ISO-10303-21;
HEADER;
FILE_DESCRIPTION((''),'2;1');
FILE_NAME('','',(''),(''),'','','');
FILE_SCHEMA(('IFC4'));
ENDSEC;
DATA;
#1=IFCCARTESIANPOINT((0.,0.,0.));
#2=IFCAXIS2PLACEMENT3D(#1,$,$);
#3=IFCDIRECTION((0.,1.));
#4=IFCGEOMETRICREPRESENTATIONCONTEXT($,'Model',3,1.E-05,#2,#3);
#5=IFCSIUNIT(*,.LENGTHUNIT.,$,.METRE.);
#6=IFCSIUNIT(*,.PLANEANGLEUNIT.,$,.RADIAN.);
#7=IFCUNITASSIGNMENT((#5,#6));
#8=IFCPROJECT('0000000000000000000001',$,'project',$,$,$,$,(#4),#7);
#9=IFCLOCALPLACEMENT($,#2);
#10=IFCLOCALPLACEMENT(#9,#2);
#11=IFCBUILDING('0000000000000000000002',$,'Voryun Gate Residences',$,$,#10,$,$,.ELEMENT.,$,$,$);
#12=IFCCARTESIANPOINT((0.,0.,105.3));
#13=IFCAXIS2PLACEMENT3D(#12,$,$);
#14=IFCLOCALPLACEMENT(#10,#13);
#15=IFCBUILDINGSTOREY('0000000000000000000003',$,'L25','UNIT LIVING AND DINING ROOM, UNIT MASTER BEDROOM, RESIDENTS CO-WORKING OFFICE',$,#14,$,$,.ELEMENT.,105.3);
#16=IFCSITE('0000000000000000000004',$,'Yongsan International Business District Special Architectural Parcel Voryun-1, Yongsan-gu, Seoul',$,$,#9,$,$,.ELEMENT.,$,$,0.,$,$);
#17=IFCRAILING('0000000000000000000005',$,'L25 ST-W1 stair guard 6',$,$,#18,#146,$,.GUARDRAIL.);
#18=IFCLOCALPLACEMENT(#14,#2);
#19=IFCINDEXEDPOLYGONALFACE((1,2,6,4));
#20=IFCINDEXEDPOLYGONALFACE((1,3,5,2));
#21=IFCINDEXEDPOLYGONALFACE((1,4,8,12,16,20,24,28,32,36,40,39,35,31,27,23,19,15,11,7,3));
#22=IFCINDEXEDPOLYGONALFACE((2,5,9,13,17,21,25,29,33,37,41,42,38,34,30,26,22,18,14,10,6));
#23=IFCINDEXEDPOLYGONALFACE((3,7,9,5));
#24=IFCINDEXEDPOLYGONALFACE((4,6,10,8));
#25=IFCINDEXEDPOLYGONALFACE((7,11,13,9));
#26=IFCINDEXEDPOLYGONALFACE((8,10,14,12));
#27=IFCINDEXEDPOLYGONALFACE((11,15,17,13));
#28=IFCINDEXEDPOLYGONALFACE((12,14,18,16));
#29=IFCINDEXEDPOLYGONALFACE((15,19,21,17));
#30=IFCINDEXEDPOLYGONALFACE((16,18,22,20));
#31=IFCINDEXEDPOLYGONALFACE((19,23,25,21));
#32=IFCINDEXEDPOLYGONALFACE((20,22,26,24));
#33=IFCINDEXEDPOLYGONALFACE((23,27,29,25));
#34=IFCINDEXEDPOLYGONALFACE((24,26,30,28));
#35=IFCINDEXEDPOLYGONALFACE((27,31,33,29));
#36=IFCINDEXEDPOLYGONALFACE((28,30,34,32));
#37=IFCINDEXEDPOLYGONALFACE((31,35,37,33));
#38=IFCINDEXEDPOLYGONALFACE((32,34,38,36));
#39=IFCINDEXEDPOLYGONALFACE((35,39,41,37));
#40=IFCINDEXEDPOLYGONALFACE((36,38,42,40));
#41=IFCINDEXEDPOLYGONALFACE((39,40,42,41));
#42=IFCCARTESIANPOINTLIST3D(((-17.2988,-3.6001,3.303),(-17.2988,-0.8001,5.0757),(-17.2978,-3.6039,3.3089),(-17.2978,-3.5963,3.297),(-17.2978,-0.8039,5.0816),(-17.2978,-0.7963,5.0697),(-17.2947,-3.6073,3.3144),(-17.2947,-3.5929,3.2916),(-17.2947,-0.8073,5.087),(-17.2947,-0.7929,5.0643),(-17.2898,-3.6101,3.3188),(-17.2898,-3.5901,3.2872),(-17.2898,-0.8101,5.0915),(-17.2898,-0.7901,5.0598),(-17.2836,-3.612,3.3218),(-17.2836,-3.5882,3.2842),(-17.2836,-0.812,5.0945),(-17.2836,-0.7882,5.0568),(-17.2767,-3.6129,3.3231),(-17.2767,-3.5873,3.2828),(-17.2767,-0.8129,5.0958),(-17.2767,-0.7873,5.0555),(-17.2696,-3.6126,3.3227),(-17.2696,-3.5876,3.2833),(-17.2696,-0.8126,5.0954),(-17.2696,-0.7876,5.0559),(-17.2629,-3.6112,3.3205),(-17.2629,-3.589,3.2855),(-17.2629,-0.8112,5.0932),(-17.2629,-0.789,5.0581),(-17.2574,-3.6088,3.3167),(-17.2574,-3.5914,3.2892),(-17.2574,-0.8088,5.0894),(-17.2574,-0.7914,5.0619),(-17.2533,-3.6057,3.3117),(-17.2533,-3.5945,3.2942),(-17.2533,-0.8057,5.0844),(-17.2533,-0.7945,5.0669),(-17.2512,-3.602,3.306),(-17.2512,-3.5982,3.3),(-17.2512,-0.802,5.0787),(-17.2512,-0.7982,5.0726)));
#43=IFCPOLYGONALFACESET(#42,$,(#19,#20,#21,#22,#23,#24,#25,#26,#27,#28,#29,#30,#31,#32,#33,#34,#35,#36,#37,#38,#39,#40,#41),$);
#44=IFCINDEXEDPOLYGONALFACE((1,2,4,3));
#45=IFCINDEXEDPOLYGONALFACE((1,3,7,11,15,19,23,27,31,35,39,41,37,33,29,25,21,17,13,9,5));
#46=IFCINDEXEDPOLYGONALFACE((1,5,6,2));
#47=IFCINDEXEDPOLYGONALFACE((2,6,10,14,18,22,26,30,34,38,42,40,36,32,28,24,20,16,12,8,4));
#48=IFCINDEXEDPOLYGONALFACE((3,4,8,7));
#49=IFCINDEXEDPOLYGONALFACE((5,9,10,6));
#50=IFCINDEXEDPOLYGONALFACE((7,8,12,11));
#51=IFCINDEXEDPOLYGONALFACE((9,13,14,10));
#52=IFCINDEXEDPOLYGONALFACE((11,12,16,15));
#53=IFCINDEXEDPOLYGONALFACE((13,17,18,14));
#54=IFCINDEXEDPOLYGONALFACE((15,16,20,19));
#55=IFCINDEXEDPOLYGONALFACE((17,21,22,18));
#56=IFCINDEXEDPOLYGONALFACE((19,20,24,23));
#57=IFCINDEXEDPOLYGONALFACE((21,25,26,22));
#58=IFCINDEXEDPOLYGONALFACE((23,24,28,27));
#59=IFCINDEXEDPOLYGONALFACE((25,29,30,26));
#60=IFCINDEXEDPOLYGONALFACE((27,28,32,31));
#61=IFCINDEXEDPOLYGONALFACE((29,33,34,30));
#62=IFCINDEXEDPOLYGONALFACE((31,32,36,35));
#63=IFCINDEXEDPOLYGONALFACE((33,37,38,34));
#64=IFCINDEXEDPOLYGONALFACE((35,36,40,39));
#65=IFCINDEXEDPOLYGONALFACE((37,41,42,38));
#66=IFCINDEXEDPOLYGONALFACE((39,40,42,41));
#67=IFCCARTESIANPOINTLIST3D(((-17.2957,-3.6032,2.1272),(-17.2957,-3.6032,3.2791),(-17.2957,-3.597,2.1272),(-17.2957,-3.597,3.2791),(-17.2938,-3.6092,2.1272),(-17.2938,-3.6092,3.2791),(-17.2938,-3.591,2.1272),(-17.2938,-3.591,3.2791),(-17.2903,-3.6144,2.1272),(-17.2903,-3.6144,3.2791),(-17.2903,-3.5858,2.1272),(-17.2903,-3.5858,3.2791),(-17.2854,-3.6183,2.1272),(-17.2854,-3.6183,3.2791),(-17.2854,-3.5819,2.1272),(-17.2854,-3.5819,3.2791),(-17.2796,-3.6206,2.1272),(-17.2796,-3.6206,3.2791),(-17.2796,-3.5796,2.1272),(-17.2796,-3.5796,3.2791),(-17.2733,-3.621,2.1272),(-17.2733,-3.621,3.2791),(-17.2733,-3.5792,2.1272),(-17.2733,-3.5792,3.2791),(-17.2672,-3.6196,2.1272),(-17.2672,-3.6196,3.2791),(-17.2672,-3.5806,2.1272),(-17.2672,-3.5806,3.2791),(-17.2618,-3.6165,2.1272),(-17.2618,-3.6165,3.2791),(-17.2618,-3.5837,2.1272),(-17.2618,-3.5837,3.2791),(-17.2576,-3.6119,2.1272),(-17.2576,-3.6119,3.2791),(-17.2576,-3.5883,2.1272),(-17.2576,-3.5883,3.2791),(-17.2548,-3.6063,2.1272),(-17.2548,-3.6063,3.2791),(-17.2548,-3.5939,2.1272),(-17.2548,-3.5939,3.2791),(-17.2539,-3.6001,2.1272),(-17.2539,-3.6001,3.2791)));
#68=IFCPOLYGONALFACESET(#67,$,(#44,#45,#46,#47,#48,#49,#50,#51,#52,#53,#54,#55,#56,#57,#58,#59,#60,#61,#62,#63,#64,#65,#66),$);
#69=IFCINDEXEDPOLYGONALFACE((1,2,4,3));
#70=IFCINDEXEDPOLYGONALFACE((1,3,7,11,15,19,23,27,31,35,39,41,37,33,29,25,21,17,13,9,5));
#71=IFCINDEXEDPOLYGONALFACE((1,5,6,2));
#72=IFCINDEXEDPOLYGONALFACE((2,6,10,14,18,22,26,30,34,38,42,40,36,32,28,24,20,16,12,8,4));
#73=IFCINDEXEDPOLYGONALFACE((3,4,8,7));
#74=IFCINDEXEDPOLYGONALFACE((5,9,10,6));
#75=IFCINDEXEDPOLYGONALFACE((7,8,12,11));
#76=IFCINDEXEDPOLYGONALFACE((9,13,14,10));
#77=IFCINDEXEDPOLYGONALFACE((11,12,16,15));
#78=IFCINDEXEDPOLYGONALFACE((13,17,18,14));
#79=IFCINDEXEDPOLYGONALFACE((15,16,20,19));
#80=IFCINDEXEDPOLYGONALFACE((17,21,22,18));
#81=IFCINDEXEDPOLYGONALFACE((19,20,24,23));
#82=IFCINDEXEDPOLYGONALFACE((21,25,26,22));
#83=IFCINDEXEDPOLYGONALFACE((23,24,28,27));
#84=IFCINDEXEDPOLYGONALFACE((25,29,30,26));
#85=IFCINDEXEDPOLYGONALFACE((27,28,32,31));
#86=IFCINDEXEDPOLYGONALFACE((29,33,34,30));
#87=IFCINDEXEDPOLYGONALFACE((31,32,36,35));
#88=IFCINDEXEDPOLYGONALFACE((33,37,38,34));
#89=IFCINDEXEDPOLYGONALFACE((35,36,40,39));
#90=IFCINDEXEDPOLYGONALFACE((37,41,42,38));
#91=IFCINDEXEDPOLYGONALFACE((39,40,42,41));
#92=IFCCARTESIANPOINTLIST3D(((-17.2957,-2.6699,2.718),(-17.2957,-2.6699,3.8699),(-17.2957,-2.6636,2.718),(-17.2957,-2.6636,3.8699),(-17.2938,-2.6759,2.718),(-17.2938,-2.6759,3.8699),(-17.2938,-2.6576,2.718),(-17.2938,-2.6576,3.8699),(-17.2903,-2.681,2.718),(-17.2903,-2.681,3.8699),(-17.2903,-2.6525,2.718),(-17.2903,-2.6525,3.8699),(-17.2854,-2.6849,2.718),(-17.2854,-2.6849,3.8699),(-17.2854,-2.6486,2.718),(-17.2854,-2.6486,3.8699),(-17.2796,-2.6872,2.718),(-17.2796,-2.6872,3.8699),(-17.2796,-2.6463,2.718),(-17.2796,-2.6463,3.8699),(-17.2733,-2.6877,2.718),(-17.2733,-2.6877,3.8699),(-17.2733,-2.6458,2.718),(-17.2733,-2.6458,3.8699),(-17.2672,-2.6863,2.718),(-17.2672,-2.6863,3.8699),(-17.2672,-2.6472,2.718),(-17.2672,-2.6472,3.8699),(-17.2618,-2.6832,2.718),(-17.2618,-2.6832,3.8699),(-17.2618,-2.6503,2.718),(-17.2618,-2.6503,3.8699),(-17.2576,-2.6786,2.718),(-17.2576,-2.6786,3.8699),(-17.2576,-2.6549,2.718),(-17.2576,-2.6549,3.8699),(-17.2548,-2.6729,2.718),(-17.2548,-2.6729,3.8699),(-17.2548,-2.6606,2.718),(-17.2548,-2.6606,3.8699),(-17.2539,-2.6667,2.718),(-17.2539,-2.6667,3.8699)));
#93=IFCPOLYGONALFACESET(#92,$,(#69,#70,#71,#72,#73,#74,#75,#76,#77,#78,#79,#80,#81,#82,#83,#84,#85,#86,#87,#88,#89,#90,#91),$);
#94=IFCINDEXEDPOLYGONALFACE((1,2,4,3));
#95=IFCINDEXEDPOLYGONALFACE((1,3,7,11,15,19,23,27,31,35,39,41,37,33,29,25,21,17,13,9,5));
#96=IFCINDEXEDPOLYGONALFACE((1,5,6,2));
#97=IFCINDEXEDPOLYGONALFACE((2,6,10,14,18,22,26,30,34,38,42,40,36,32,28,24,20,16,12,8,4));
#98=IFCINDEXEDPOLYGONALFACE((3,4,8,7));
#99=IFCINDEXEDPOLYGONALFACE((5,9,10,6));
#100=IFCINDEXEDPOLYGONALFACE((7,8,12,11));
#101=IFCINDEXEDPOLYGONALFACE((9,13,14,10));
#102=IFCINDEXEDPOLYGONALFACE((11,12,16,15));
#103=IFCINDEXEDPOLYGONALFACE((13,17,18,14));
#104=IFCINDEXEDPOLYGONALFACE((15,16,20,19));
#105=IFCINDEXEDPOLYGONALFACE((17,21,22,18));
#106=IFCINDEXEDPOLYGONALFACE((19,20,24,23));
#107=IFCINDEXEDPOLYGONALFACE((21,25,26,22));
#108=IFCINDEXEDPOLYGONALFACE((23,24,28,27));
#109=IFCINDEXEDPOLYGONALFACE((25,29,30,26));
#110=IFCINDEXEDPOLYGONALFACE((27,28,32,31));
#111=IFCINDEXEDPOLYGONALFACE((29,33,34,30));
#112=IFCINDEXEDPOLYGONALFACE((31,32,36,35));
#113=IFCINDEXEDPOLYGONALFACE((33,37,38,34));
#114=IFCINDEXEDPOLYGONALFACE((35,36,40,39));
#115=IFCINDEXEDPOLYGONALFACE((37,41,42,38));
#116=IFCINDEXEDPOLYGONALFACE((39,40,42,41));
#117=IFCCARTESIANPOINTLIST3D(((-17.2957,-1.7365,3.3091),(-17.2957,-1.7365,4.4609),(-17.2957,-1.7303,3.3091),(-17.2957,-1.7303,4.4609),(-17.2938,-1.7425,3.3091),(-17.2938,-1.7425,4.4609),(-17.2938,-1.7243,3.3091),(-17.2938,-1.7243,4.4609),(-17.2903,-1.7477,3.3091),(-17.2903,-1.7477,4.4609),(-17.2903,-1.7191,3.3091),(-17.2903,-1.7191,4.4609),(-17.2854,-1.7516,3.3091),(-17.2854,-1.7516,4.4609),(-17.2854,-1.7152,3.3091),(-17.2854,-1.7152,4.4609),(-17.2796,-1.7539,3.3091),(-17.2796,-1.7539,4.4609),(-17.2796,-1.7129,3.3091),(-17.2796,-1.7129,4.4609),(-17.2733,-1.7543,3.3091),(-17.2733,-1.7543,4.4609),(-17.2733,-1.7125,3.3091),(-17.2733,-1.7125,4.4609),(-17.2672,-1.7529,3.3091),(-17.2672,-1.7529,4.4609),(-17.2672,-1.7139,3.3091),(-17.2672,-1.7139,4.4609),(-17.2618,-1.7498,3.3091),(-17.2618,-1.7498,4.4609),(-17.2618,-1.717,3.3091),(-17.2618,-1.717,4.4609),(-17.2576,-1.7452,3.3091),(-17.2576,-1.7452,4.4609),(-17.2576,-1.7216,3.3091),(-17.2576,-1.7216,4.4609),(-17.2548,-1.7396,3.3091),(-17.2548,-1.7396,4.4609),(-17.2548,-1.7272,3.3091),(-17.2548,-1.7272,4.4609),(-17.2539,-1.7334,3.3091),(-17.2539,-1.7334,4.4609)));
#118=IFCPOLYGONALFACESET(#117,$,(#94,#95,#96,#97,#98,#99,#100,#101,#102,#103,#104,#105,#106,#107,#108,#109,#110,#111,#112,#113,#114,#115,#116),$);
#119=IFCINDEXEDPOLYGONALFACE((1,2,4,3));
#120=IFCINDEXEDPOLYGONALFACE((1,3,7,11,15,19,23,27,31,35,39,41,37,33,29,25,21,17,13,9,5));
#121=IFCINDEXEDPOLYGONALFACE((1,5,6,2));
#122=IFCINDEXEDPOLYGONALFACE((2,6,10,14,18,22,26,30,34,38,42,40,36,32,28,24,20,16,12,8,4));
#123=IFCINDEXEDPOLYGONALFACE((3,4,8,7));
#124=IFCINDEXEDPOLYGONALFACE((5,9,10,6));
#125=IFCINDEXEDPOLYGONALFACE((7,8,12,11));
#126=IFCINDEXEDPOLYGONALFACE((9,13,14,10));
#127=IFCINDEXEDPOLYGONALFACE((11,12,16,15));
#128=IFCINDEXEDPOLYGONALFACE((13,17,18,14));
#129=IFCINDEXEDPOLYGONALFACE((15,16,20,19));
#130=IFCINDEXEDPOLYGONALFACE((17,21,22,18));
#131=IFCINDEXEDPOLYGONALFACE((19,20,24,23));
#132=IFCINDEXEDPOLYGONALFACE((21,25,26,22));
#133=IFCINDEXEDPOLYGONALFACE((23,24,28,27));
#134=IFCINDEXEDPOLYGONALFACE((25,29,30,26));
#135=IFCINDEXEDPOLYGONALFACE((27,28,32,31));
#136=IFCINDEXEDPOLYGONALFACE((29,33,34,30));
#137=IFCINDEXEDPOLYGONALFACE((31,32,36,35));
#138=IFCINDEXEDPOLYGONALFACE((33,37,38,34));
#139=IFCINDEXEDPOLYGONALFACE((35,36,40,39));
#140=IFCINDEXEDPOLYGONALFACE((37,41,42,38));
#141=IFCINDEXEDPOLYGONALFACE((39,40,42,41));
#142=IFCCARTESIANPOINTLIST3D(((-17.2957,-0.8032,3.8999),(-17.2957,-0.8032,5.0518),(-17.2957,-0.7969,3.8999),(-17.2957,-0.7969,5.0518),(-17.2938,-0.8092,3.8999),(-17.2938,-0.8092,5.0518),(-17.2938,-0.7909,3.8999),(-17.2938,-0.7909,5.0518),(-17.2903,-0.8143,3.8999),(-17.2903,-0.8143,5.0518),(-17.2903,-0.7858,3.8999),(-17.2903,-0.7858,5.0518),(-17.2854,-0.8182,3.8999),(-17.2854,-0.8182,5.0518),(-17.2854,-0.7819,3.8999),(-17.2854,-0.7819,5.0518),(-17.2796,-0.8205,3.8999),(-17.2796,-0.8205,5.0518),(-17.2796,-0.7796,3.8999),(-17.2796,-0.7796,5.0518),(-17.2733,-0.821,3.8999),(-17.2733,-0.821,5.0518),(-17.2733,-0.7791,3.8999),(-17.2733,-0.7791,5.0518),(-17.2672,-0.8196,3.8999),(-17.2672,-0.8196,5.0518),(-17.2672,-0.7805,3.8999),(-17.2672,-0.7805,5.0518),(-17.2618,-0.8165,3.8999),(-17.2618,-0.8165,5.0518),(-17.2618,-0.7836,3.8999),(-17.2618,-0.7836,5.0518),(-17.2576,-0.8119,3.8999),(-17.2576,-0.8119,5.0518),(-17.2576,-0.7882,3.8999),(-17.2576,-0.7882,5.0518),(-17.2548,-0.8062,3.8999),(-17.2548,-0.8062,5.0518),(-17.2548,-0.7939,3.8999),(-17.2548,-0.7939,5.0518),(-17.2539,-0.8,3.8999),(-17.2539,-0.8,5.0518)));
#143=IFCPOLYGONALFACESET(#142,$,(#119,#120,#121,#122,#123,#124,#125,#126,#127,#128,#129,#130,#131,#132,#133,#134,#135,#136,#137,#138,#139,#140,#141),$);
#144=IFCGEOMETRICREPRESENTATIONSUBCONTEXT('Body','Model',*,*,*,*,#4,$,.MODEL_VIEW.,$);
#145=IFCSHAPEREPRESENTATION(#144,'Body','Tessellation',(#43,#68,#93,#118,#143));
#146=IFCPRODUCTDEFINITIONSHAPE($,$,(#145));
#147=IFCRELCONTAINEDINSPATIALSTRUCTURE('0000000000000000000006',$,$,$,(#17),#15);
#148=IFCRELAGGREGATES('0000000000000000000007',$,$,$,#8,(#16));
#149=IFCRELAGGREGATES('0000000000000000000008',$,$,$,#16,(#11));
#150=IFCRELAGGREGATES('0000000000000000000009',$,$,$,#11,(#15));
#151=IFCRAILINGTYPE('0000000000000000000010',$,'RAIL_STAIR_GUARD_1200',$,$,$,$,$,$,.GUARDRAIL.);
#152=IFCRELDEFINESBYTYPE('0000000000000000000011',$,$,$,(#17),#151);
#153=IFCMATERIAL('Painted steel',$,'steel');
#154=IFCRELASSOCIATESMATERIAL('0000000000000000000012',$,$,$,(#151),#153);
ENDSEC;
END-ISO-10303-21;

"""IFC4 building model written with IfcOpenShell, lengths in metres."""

from ifc_helpers import new_model, si_unit, direction, frame, origin, origin_2d, place, context, subcontext, project, spatial, circle, extrude, material, type_object, element, save


model = new_model("IFC4")

# Units and contexts
model_context = context("Model", 3, precision=1e-05, world=origin(), true_north=direction((0.0, 1.0)))
body_context = subcontext(model_context, "Body", "Model", "MODEL_VIEW")
ifc_project = project(units=[si_unit("LENGTHUNIT", "METRE"), si_unit("PLANEANGLEUNIT", "RADIAN")], contexts=[model_context])

# Site, building, storey
site_placement = place(None, origin())
site = spatial("IfcSite", under=ifc_project, at=site_placement, Name="Yongsan International Business District Special Architectural Parcel Voryun-1, Yongsan-gu, Seoul", CompositionType="ELEMENT", RefElevation=0.0)
building_placement = place(site_placement, origin())
building = spatial("IfcBuilding", under=site, at=building_placement, Name="Voryun Gate Residences", CompositionType="ELEMENT")
storey_placement = place(building_placement, frame((0.0, 0.0, 105.3)))
storey = spatial("IfcBuildingStorey", under=building, at=storey_placement, Name="L25", Description="UNIT LIVING AND DINING ROOM, UNIT MASTER BEDROOM, RESIDENTS CO-WORKING OFFICE", CompositionType="ELEMENT", Elevation=105.3)

# Railing
ifc_material_1 = material(Name="Painted steel", Category="steel")
railing_type = type_object("IfcRailingType", Name="RAIL_STAIR_GUARD_1200", PredefinedType="GUARDRAIL", material=ifc_material_1)
railing_1_placement = place(storey_placement, frame((-17.2749, -3.6001, 2.1272)))
element("IfcRailing", 1, at=railing_1_placement, inside=storey, type_object=railing_type, Name="L25 ST-W1 stair guard 6", PredefinedType="GUARDRAIL", context=body_context, shape_type="SweptSolid", body=[
    extrude(circle(Radius=0.0239, at=origin_2d()), frame((0.0, 0.0, 1.1758), z_axis=(0.0, 0.844909, 0.53491), x_axis=(-1.0, 0.0, 0.0)), (0.0, 0.0, 1.0), 3.314),
    extrude(circle(Radius=0.021, at=origin_2d()), origin(), (0.0, 0.0, 1.0), 1.1519),
    extrude(circle(Radius=0.021, at=origin_2d()), frame((0.0, 0.9333, 0.5908)), (0.0, 0.0, 1.0), 1.1519),
    extrude(circle(Radius=0.021, at=origin_2d()), frame((0.0, 1.8667, 1.1819)), (0.0, 0.0, 1.0), 1.1519),
    extrude(circle(Radius=0.021, at=origin_2d()), frame((0.0, 2.8, 1.7727)), (0.0, 0.0, 1.0), 1.1519),
])

save(model, "model.ifc")
